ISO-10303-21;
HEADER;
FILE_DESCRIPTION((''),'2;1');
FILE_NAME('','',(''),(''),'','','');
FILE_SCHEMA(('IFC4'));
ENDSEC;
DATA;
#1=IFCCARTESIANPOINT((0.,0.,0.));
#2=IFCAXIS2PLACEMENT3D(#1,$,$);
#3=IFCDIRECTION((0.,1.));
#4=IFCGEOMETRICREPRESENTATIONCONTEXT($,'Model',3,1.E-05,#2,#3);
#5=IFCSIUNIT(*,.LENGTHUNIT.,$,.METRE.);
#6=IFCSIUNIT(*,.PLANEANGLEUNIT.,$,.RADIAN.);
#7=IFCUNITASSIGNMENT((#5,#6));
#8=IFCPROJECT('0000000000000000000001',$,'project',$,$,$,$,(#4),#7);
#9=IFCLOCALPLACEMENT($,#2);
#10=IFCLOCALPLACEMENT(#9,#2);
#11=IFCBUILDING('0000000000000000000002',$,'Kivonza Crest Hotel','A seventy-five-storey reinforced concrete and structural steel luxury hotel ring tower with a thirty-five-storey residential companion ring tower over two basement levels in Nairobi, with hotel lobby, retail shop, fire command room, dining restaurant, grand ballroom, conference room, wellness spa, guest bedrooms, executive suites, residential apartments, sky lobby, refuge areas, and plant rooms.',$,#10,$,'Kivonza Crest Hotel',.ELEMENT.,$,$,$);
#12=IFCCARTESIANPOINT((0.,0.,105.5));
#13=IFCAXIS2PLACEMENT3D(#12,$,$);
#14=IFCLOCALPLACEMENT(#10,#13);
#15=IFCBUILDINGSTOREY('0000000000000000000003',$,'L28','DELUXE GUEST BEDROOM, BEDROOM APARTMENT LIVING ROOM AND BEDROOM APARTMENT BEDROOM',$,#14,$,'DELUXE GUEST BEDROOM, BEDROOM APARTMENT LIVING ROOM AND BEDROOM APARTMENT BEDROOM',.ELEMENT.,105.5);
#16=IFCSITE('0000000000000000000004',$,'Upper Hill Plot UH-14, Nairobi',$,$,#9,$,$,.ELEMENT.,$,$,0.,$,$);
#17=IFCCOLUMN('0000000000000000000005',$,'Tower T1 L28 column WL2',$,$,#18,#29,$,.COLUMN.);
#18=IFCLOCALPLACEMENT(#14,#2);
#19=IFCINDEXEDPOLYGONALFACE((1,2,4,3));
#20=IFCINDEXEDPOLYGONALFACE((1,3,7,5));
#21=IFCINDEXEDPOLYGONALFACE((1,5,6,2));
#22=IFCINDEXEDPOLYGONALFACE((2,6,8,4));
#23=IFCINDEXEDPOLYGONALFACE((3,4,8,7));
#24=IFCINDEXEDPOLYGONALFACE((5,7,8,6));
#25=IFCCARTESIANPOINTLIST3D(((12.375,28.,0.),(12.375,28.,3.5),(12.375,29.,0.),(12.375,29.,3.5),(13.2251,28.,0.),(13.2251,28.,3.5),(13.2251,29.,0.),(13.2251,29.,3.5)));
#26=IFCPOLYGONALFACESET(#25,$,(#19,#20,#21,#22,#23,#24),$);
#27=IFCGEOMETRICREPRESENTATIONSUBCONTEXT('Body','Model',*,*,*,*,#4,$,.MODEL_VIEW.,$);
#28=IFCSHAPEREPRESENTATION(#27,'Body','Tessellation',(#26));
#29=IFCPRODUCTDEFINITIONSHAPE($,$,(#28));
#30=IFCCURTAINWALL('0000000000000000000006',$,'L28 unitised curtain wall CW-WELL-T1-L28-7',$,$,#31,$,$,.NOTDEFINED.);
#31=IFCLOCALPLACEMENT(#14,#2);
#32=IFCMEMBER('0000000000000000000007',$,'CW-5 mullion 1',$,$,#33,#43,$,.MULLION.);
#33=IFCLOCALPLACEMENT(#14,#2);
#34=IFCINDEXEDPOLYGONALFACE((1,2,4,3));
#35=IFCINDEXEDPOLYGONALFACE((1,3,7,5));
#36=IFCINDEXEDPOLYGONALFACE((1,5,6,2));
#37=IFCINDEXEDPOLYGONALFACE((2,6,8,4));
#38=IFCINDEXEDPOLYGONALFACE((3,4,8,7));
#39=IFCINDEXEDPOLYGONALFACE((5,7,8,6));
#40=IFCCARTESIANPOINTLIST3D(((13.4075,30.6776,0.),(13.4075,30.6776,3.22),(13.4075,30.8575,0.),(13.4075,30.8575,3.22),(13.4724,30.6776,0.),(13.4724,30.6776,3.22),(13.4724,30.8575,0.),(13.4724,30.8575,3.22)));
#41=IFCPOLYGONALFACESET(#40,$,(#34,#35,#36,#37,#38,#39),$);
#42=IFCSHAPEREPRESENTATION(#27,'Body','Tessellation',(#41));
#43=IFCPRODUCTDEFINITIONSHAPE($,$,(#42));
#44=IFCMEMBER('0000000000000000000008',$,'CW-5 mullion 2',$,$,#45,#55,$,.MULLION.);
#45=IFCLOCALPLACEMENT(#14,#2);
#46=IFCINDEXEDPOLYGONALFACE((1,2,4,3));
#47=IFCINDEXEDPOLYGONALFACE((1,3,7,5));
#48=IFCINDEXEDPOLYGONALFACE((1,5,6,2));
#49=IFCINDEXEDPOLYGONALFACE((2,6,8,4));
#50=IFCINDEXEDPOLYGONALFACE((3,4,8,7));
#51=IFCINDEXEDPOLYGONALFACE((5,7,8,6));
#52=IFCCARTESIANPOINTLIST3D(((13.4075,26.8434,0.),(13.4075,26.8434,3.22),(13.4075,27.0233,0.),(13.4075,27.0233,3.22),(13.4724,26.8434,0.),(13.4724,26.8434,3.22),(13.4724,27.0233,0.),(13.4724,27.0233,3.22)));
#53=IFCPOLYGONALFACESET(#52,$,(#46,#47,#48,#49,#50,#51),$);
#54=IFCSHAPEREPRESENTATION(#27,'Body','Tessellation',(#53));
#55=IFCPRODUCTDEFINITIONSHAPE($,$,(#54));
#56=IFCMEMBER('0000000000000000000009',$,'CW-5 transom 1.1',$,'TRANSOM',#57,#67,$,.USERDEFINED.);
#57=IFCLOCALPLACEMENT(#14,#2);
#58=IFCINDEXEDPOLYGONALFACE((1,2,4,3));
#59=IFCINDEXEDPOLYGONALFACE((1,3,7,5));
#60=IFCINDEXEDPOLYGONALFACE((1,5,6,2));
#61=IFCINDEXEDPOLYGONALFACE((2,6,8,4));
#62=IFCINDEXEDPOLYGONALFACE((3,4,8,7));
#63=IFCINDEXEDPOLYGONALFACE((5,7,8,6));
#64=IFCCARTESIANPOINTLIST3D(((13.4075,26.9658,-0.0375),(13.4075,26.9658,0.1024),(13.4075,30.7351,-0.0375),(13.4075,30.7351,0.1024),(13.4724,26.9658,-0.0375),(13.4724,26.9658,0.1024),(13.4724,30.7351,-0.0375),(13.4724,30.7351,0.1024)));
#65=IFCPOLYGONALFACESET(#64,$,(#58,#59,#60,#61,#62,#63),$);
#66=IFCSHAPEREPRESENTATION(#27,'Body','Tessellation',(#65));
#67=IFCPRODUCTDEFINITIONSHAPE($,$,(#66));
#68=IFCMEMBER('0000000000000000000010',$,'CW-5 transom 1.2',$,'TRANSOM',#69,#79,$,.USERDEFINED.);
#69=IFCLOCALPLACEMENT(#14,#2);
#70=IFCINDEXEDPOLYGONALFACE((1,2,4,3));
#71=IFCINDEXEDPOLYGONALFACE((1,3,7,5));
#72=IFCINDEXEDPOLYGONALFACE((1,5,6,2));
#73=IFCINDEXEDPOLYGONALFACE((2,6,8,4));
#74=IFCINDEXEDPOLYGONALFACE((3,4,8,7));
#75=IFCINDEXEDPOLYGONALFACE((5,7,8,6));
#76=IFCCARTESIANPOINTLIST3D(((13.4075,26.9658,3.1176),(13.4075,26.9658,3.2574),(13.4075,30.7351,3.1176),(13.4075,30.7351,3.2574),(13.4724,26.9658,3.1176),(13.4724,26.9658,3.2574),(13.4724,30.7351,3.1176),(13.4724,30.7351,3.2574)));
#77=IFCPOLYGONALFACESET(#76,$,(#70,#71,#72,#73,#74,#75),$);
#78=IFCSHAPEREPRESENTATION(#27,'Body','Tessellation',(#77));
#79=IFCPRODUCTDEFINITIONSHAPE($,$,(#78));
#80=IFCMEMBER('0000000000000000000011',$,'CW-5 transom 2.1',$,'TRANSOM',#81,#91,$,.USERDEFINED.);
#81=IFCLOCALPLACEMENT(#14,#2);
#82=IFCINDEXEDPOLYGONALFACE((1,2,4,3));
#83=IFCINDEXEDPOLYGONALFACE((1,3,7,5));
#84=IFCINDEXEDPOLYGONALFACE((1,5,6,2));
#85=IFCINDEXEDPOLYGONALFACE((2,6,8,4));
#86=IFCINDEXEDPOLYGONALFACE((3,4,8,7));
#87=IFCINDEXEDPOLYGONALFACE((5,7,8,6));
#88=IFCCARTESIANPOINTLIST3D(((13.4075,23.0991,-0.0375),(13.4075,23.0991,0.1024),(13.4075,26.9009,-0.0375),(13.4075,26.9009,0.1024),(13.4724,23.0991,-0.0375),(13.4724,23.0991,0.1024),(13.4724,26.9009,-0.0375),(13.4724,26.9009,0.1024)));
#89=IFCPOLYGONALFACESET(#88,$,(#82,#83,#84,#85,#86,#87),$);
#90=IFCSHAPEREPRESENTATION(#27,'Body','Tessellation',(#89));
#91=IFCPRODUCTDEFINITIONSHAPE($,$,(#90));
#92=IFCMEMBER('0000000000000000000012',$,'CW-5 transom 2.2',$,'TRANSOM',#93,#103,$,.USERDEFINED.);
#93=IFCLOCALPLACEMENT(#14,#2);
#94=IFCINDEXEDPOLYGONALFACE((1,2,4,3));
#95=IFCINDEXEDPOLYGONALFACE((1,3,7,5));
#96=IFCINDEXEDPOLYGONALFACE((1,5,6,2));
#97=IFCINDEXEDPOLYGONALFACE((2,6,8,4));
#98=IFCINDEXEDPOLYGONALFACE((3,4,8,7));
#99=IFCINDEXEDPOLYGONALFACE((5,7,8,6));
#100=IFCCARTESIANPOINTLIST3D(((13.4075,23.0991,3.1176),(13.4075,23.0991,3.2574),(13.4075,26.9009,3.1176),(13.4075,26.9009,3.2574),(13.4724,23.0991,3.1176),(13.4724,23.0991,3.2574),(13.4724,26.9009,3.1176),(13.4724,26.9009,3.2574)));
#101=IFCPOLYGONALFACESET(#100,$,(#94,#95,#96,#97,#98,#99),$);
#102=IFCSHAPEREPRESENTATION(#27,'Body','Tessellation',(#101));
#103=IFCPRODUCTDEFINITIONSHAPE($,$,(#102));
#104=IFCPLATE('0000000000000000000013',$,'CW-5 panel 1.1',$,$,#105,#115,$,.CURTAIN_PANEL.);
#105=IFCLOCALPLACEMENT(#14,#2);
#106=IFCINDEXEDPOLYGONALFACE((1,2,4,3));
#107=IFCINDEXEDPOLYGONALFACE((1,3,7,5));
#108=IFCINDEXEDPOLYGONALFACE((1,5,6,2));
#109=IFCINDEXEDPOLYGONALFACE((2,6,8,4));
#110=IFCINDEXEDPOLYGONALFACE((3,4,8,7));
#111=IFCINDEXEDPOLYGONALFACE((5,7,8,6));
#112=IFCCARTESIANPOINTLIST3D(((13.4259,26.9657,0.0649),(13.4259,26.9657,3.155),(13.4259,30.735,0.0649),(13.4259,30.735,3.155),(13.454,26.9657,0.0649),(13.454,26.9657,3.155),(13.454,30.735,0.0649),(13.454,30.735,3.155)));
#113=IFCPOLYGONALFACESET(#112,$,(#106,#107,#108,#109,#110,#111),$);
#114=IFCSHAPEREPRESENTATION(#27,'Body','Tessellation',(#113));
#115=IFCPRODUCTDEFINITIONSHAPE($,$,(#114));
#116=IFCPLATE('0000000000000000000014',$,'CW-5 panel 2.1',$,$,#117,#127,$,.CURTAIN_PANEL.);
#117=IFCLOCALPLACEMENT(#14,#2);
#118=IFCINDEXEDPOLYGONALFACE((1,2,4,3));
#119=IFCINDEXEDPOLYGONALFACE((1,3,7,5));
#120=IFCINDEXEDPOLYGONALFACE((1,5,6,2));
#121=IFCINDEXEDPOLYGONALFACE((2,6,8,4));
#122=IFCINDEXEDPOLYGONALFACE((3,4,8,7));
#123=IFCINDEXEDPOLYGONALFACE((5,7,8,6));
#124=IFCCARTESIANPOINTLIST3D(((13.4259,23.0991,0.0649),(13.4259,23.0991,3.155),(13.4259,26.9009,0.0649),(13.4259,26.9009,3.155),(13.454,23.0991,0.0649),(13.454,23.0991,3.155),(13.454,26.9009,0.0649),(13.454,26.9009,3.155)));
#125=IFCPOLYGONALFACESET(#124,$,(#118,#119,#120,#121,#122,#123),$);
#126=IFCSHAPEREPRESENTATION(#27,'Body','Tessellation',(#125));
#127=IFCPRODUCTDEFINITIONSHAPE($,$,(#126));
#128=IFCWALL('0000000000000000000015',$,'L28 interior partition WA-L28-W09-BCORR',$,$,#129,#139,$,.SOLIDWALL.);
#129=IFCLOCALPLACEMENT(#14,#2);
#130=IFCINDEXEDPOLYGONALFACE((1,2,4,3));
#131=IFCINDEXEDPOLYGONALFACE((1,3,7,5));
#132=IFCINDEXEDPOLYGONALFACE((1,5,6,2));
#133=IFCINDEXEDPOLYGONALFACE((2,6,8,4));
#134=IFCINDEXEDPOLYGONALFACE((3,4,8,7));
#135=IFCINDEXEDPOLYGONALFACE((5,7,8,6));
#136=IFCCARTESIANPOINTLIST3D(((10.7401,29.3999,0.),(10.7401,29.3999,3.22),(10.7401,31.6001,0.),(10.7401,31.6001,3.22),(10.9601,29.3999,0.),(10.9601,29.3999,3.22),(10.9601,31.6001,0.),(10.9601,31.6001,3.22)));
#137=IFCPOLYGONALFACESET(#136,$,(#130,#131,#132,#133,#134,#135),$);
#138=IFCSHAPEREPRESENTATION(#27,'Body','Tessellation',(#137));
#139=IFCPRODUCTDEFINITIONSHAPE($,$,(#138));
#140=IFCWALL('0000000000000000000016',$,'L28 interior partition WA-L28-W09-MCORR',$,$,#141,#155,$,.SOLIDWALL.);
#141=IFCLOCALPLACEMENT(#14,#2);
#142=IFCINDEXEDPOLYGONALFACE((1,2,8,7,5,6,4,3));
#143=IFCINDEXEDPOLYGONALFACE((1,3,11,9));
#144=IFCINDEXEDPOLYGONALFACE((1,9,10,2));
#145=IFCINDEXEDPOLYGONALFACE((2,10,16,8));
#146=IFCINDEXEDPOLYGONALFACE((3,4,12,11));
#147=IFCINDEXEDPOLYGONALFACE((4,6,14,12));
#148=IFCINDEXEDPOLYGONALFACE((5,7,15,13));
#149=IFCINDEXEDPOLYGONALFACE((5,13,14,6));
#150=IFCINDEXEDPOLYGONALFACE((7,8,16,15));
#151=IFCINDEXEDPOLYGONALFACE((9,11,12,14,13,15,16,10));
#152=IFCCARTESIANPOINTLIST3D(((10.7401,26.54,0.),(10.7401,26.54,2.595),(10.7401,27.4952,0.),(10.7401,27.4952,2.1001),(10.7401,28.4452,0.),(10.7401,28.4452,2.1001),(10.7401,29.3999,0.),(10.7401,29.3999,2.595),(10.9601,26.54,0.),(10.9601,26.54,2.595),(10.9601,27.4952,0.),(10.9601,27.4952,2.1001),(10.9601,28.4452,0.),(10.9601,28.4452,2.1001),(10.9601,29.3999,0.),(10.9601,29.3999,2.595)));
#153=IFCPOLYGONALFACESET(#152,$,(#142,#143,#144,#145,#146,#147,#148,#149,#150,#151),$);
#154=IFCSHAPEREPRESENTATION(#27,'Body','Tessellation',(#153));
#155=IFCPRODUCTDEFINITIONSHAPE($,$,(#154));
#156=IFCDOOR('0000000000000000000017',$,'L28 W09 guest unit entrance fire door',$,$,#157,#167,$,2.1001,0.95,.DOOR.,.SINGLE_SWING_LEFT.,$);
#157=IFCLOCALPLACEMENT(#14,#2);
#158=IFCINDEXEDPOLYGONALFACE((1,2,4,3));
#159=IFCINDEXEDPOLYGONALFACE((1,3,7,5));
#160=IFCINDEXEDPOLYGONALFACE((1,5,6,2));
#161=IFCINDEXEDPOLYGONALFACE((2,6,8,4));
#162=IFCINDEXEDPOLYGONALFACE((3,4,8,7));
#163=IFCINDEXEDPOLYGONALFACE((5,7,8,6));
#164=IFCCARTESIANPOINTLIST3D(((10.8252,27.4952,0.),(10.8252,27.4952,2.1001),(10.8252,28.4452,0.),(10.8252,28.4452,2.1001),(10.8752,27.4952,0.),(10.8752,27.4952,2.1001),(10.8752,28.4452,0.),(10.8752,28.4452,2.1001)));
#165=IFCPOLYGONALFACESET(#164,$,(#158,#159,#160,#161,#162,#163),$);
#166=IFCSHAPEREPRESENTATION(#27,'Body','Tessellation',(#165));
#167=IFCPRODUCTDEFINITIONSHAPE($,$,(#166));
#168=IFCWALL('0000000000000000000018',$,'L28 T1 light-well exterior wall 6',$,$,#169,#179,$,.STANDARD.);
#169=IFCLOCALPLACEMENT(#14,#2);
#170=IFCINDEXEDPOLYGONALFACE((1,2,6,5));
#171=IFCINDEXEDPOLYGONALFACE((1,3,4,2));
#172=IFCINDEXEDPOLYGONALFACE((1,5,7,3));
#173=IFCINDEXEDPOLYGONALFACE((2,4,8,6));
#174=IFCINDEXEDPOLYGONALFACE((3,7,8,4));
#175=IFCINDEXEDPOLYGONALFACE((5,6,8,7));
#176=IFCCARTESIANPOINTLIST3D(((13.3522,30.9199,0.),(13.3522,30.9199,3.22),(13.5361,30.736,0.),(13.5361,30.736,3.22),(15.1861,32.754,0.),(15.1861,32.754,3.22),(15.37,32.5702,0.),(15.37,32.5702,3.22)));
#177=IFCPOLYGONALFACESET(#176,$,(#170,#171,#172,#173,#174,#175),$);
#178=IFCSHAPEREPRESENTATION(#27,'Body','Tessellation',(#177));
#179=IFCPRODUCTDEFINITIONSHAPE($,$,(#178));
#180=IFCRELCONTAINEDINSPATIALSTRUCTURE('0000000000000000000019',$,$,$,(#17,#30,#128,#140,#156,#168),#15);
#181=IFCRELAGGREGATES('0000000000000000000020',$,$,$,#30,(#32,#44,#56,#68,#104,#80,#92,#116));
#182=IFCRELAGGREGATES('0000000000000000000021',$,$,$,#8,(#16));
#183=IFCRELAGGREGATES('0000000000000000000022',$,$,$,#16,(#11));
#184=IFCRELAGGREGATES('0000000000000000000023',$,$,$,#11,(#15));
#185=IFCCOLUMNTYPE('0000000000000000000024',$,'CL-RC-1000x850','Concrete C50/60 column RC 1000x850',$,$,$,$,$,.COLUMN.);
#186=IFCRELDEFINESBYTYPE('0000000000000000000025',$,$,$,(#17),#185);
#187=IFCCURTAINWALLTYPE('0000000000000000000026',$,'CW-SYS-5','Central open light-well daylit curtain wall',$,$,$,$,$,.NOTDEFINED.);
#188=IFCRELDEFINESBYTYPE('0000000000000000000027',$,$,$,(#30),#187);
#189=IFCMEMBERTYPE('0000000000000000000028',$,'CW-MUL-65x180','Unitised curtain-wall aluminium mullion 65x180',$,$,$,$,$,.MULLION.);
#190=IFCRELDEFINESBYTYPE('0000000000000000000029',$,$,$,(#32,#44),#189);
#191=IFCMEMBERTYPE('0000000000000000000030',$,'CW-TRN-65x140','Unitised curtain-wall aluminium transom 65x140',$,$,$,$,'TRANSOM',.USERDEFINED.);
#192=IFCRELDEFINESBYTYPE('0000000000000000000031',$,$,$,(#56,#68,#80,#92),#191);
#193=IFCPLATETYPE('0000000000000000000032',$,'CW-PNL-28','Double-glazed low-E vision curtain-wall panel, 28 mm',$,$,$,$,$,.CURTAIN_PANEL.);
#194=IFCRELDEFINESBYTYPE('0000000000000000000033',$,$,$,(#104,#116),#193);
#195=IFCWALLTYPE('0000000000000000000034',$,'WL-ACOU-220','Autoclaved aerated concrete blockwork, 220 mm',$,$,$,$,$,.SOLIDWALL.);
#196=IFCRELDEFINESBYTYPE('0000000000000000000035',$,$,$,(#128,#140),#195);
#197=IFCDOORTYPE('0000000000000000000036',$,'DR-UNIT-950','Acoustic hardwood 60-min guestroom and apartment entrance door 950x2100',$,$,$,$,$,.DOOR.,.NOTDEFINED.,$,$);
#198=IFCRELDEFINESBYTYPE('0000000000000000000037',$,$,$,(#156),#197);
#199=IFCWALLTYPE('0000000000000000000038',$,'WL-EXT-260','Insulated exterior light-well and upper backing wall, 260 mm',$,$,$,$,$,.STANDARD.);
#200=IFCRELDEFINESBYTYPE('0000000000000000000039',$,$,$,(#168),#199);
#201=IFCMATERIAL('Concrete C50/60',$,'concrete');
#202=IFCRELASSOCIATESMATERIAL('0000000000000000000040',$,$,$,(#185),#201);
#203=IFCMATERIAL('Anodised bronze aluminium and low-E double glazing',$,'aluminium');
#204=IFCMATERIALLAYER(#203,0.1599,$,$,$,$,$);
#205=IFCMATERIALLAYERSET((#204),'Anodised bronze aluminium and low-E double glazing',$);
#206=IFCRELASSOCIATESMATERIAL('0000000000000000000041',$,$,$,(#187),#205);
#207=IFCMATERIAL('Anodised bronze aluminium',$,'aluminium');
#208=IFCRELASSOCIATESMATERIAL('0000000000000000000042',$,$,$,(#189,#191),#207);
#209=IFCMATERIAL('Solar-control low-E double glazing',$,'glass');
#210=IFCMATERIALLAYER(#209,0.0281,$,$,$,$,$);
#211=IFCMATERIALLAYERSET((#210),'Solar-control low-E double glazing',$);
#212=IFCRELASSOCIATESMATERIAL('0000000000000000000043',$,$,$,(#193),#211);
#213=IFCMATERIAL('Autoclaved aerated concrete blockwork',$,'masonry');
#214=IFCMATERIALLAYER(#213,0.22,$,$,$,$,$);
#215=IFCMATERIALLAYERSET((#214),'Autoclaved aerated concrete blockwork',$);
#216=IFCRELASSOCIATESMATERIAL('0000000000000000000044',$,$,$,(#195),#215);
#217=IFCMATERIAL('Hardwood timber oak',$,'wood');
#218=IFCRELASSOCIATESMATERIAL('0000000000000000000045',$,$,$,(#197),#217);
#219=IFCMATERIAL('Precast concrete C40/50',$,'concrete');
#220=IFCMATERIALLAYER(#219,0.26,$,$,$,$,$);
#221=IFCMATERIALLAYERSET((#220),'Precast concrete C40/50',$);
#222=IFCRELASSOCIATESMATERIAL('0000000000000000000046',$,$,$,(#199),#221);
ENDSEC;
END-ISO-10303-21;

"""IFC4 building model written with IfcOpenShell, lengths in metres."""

from ifc_helpers import new_model, si_unit, direction, frame, frame_2d, origin, origin_2d, place, context, subcontext, project, spatial, rectangle, extrude, material, layer, layer_set, material_profile, profile_set, type_object, element, fill, aggregate, save


model = new_model("IFC4")

# Units and contexts
model_context = context("Model", 3, precision=1e-05, world=origin(), true_north=direction((0.0, 1.0)))
body_context = subcontext(model_context, "Body", "Model", "MODEL_VIEW")
ifc_project = project(units=[si_unit("LENGTHUNIT", "METRE"), si_unit("PLANEANGLEUNIT", "RADIAN")], contexts=[model_context])

# Site, building, storey
site_placement = place(None, origin())
site = spatial("IfcSite", under=ifc_project, at=site_placement, Name="Upper Hill Plot UH-14, Nairobi", CompositionType="ELEMENT", RefElevation=0.0)
building_placement = place(site_placement, origin())
building = spatial("IfcBuilding", under=site, at=building_placement, Name="Kivonza Crest Hotel", Description="A seventy-five-storey reinforced concrete and structural steel luxury hotel ring tower with a thirty-five-storey residential companion ring tower over two basement levels in Nairobi, with hotel lobby, retail shop, fire command room, dining restaurant, grand ballroom, conference room, wellness spa, guest bedrooms, executive suites, residential apartments, sky lobby, refuge areas, and plant rooms.", LongName="Kivonza Crest Hotel", CompositionType="ELEMENT")
storey_placement = place(building_placement, frame((0.0, 0.0, 105.5)))
storey = spatial("IfcBuildingStorey", under=building, at=storey_placement, Name="L28", Description="DELUXE GUEST BEDROOM, BEDROOM APARTMENT LIVING ROOM AND BEDROOM APARTMENT BEDROOM", LongName="DELUXE GUEST BEDROOM, BEDROOM APARTMENT LIVING ROOM AND BEDROOM APARTMENT BEDROOM", CompositionType="ELEMENT", Elevation=105.5)

# Column
ifc_material_1 = material(Name="Concrete C50/60", Category="concrete")
ifc_material_profile_1 = material_profile(ifc_material_1, rectangle(XDim=0.8501, YDim=1.0, at=origin_2d()), Name="RC 1000x850")
ifc_profile_set_1 = profile_set([ifc_material_profile_1], Name="Concrete C50/60")
column_type = type_object("IfcColumnType", Name="CL-RC-1000x850", Description="Concrete C50/60 column RC 1000x850", PredefinedType="COLUMN", material=ifc_profile_set_1)
column_placement = place(storey_placement, frame((12.8, 28.5, 0.0), z_axis=(0.0, 0.0, 1.0), x_axis=(1.0, 0.0, 0.0)))
element("IfcColumn", 1, at=column_placement, inside=storey, type_object=column_type, Name="Tower T1 L28 column WL2", PredefinedType="COLUMN", context=body_context, shape_type="SweptSolid", body=[
    extrude(rectangle(XDim=0.8501, YDim=1.0, at=origin_2d()), origin(), (0.0, 0.0, 1.0), 3.5),
])

# Curtain wall, members, plates
ifc_material_2 = material(Name="Anodised bronze aluminium and low-E double glazing", Category="aluminium")
ifc_layer_1 = layer(ifc_material_2, 0.1599)
ifc_layer_set_1 = layer_set([ifc_layer_1], Name="Anodised bronze aluminium and low-E double glazing")
curtain_wall_type = type_object("IfcCurtainWallType", Name="CW-SYS-5", Description="Central open light-well daylit curtain wall", PredefinedType="NOTDEFINED", material=ifc_layer_set_1)
curtain_wall_placement = place(storey_placement, origin())
curtain_wall = element("IfcCurtainWall", 2, at=curtain_wall_placement, inside=storey, type_object=curtain_wall_type, Name="L28 unitised curtain wall CW-WELL-T1-L28-7", PredefinedType="NOTDEFINED")
ifc_material_3 = material(Name="Anodised bronze aluminium", Category="aluminium")
ifc_material_profile_2 = material_profile(ifc_material_3, rectangle(XDim=0.0649, YDim=0.1799, at=origin_2d()), Name="CW-M 65x180")
ifc_profile_set_2 = profile_set([ifc_material_profile_2], Name="Anodised bronze aluminium")
member_type_1 = type_object("IfcMemberType", Name="CW-MUL-65x180", Description="Unitised curtain-wall aluminium mullion 65x180", PredefinedType="MULLION", material=ifc_profile_set_2)
member_1_placement = place(storey_placement, frame((13.4399, 30.7676, 0.0), z_axis=(0.0, 0.0, 1.0), x_axis=(1.0, 0.0, 0.0)))
member_1 = element("IfcMember", 3, at=member_1_placement, type_object=member_type_1, Name="CW-5 mullion 1", PredefinedType="MULLION", context=body_context, shape_type="SweptSolid", body=[
    extrude(rectangle(XDim=0.0649, YDim=0.1799, at=origin_2d()), origin(), (0.0, 0.0, 1.0), 3.22),
])
member_2_placement = place(storey_placement, frame((13.4399, 26.9333, 0.0), z_axis=(0.0, 0.0, 1.0), x_axis=(1.0, 0.0, 0.0)))
member_2 = element("IfcMember", 4, at=member_2_placement, type_object=member_type_1, Name="CW-5 mullion 2", PredefinedType="MULLION", context=body_context, shape_type="SweptSolid", body=[
    extrude(rectangle(XDim=0.0649, YDim=0.1799, at=origin_2d()), origin(), (0.0, 0.0, 1.0), 3.22),
])
ifc_material_profile_3 = material_profile(ifc_material_3, rectangle(XDim=0.0649, YDim=0.1399, at=origin_2d()), Name="CW-T 65x140")
ifc_profile_set_3 = profile_set([ifc_material_profile_3], Name="Anodised bronze aluminium")
member_type_2 = type_object("IfcMemberType", Name="CW-TRN-65x140", Description="Unitised curtain-wall aluminium transom 65x140", ElementType="TRANSOM", PredefinedType="USERDEFINED", material=ifc_profile_set_3)
member_3_placement = place(storey_placement, frame((13.4399, 30.7351, 0.0325), z_axis=(0.0, -1.0, 0.0), x_axis=(1.0, 0.0, 0.0)))
member_3 = element("IfcMember", 5, at=member_3_placement, type_object=member_type_2, Name="CW-5 transom 1.1", ObjectType="TRANSOM", PredefinedType="USERDEFINED", context=body_context, shape_type="SweptSolid", body=[
    extrude(rectangle(XDim=0.0649, YDim=0.1399, at=origin_2d()), origin(), (0.0, 0.0, 1.0), 3.7693),
])
member_4_placement = place(storey_placement, frame((13.4399, 30.7351, 3.1875), z_axis=(0.0, -1.0, 0.0), x_axis=(1.0, 0.0, 0.0)))
member_4 = element("IfcMember", 6, at=member_4_placement, type_object=member_type_2, Name="CW-5 transom 1.2", ObjectType="TRANSOM", PredefinedType="USERDEFINED", context=body_context, shape_type="SweptSolid", body=[
    extrude(rectangle(XDim=0.0649, YDim=0.1399, at=origin_2d()), origin(), (0.0, 0.0, 1.0), 3.7693),
])
member_5_placement = place(storey_placement, frame((13.4399, 26.9009, 0.0325), z_axis=(0.0, -1.0, 0.0), x_axis=(1.0, 0.0, 0.0)))
member_5 = element("IfcMember", 7, at=member_5_placement, type_object=member_type_2, Name="CW-5 transom 2.1", ObjectType="TRANSOM", PredefinedType="USERDEFINED", context=body_context, shape_type="SweptSolid", body=[
    extrude(rectangle(XDim=0.0649, YDim=0.1399, at=origin_2d()), origin(), (0.0, 0.0, 1.0), 3.8018),
])
member_6_placement = place(storey_placement, frame((13.4399, 26.9009, 3.1875), z_axis=(0.0, -1.0, 0.0), x_axis=(1.0, 0.0, 0.0)))
member_6 = element("IfcMember", 8, at=member_6_placement, type_object=member_type_2, Name="CW-5 transom 2.2", ObjectType="TRANSOM", PredefinedType="USERDEFINED", context=body_context, shape_type="SweptSolid", body=[
    extrude(rectangle(XDim=0.0649, YDim=0.1399, at=origin_2d()), origin(), (0.0, 0.0, 1.0), 3.8018),
])
ifc_material_4 = material(Name="Solar-control low-E double glazing", Category="glass")
ifc_layer_2 = layer(ifc_material_4, 0.0281)
ifc_layer_set_2 = layer_set([ifc_layer_2], Name="Solar-control low-E double glazing")
plate_type = type_object("IfcPlateType", Name="CW-PNL-28", Description="Double-glazed low-E vision curtain-wall panel, 28 mm", PredefinedType="CURTAIN_PANEL", material=ifc_layer_set_2)
plate_1_placement = place(storey_placement, frame((13.4399, 28.8503, 0.0649), z_axis=(0.0, 0.0, 1.0), x_axis=(0.0, -1.0, 0.0)))
plate_1 = element("IfcPlate", 9, at=plate_1_placement, type_object=plate_type, Name="CW-5 panel 1.1", PredefinedType="CURTAIN_PANEL", context=body_context, shape_type="SweptSolid", body=[
    extrude(rectangle(XDim=3.7693, YDim=0.0281, at=origin_2d()), origin(), (0.0, 0.0, 1.0), 3.0901),
])
plate_2_placement = place(storey_placement, frame((13.4399, 25.0, 0.0649), z_axis=(0.0, 0.0, 1.0), x_axis=(0.0, -1.0, 0.0)))
plate_2 = element("IfcPlate", 10, at=plate_2_placement, type_object=plate_type, Name="CW-5 panel 2.1", PredefinedType="CURTAIN_PANEL", context=body_context, shape_type="SweptSolid", body=[
    extrude(rectangle(XDim=3.8018, YDim=0.0281, at=origin_2d()), origin(), (0.0, 0.0, 1.0), 3.0901),
])
aggregate(curtain_wall, [member_1, member_2, member_3, member_4, plate_1, member_5, member_6, plate_2])

# Wall
ifc_material_5 = material(Name="Autoclaved aerated concrete blockwork", Category="masonry")
ifc_layer_3 = layer(ifc_material_5, 0.22)
ifc_layer_set_3 = layer_set([ifc_layer_3], Name="Autoclaved aerated concrete blockwork")
wall_type_1 = type_object("IfcWallType", Name="WL-ACOU-220", Description="Autoclaved aerated concrete blockwork, 220 mm", PredefinedType="SOLIDWALL", material=ifc_layer_set_3)
wall_1_placement = place(storey_placement, frame((10.8501, 29.3999, 0.0), z_axis=(0.0, 0.0, 1.0), x_axis=(0.0, 1.0, 0.0)))
element("IfcWall", 11, at=wall_1_placement, inside=storey, type_object=wall_type_1, Name="L28 interior partition WA-L28-W09-BCORR", PredefinedType="SOLIDWALL", context=body_context, shape_type="SweptSolid", body=[
    extrude(rectangle(XDim=2.2002, YDim=0.22, at=frame_2d((1.1001, 0.0))), origin(), (0.0, 0.0, 1.0), 3.22),
])

# Wall, opening, door
wall_2_placement = place(storey_placement, frame((10.8501, 26.54, 0.0), z_axis=(0.0, 0.0, 1.0), x_axis=(0.0, 1.0, 0.0)))
wall_2 = element("IfcWall", 12, at=wall_2_placement, inside=storey, type_object=wall_type_1, Name="L28 interior partition WA-L28-W09-MCORR", PredefinedType="SOLIDWALL", context=body_context, shape_type="SweptSolid", body=[
    extrude(rectangle(XDim=2.8599, YDim=0.22, at=frame_2d((1.4299, 0.0))), origin(), (0.0, 0.0, 1.0), 2.595),
])
opening_1_placement = place(wall_2_placement, frame((0.9551, 0.0, 0.0)))
opening_1 = element("IfcOpeningElement", 13, at=opening_1_placement, cuts=wall_2, PredefinedType="OPENING", context=body_context, shape_type="SweptSolid", body=[
    extrude(rectangle(XDim=0.95, YDim=2.1001, at=frame_2d((0.4751, 1.05))), frame((0.0, 0.1201, 0.0), z_axis=(0.0, -1.0, 0.0), x_axis=(1.0, 0.0, 0.0)), (0.0, 0.0, 1.0), 0.24),
])
ifc_material_6 = material(Name="Hardwood timber oak", Category="wood")
door_type_1 = type_object("IfcDoorType", Name="DR-UNIT-950", Description="Acoustic hardwood 60-min guestroom and apartment entrance door 950x2100", OperationType="NOTDEFINED", PredefinedType="DOOR", material=ifc_material_6)
door_1_placement = place(opening_1_placement, origin())
door_1 = element("IfcDoor", 14, at=door_1_placement, inside=storey, type_object=door_type_1, Name="L28 W09 guest unit entrance fire door", OperationType="SINGLE_SWING_LEFT", OverallHeight=2.1001, OverallWidth=0.95, PredefinedType="DOOR", context=body_context, shape_type="SweptSolid", body=[
    extrude(rectangle(XDim=0.95, YDim=2.1001, at=frame_2d((0.4751, 1.05))), frame((0.0, 0.0249, 0.0), z_axis=(0.0, -1.0, 0.0), x_axis=(1.0, 0.0, 0.0)), (0.0, 0.0, 1.0), 0.05),
])
fill(opening_1, door_1)

# Wall
ifc_material_7 = material(Name="Precast concrete C40/50", Category="concrete")
ifc_layer_4 = layer(ifc_material_7, 0.26)
ifc_layer_set_4 = layer_set([ifc_layer_4], Name="Precast concrete C40/50")
wall_type_2 = type_object("IfcWallType", Name="WL-EXT-260", Description="Insulated exterior light-well and upper backing wall, 260 mm", PredefinedType="STANDARD", material=ifc_layer_set_4)
wall_3_placement = place(storey_placement, frame((15.2781, 32.6621, 0.0), z_axis=(0.0, 0.0, 1.0), x_axis=(-0.70706, -0.707154, 0.0)))
element("IfcWall", 15, at=wall_3_placement, inside=storey, type_object=wall_type_2, Name="L28 T1 light-well exterior wall 6", PredefinedType="STANDARD", context=body_context, shape_type="SweptSolid", body=[
    extrude(rectangle(XDim=2.5938, YDim=0.26, at=frame_2d((1.2969, 0.0))), origin(), (0.0, 0.0, 1.0), 3.22),
])

save(model, "model.ifc")
